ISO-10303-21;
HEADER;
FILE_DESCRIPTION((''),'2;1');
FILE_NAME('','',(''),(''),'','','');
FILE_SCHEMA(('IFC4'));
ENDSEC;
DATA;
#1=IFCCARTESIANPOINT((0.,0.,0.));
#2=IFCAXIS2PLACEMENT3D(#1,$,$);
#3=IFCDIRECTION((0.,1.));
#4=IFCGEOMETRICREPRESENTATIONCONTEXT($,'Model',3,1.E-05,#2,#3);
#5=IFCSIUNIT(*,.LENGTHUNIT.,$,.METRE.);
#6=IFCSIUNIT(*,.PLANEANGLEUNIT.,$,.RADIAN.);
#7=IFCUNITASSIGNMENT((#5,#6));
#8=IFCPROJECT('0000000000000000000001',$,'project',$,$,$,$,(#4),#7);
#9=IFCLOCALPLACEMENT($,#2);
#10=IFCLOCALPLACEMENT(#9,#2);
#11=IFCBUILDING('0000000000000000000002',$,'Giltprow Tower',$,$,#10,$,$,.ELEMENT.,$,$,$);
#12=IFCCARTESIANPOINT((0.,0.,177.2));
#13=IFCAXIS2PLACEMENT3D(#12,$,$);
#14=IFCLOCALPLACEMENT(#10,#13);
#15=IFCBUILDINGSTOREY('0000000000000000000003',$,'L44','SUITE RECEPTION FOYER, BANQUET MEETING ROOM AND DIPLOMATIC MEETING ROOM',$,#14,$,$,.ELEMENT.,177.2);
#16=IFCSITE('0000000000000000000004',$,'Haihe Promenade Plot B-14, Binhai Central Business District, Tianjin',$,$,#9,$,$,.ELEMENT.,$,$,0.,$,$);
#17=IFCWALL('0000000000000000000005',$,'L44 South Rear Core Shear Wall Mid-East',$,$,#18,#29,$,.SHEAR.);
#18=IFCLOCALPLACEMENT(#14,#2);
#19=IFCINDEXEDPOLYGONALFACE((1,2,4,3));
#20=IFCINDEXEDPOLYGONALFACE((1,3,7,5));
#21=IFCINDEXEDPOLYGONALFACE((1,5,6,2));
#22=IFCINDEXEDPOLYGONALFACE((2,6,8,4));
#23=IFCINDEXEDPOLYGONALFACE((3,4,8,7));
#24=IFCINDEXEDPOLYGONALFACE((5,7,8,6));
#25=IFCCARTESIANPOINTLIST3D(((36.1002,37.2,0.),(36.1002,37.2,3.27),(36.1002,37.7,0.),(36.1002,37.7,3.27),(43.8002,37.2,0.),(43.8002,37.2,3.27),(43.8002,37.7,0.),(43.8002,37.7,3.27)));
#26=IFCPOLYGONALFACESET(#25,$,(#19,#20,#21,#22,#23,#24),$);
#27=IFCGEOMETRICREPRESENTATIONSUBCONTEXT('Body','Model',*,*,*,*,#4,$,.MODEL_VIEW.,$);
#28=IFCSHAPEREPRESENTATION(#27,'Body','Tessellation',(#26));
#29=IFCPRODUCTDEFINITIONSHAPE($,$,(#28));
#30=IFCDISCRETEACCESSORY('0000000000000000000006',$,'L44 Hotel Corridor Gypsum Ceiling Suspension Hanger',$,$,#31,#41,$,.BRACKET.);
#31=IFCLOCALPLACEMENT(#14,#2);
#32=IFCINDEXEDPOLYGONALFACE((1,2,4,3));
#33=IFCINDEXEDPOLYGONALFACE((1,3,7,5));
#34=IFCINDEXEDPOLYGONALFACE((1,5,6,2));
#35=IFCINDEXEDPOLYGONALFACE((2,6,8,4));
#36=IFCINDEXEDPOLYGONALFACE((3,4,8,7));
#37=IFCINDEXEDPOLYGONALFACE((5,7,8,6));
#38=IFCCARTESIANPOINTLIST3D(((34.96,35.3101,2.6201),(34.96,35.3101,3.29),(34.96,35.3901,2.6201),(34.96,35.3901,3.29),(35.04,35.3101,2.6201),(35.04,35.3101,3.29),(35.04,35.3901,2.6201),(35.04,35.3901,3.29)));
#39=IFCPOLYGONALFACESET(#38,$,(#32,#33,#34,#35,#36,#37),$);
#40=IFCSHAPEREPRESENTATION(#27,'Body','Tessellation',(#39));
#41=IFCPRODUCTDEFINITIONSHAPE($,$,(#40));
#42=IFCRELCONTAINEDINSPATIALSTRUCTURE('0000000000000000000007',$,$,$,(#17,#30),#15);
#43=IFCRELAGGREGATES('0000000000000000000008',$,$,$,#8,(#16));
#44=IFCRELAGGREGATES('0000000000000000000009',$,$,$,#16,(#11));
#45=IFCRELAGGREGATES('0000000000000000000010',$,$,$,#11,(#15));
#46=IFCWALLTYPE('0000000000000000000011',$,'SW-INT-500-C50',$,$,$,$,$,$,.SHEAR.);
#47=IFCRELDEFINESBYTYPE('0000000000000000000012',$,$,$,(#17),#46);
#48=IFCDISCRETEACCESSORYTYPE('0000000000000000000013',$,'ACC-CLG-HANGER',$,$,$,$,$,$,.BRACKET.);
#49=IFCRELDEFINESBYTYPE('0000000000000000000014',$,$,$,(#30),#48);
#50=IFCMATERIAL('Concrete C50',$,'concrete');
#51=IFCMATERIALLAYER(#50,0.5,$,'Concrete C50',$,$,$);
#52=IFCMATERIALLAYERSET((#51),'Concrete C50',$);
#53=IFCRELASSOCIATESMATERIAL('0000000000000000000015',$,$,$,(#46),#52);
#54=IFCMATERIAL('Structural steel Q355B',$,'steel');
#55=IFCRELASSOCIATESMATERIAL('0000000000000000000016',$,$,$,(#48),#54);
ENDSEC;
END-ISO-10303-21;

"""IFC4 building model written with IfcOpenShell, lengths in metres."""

from ifc_helpers import new_model, si_unit, direction, frame, frame_2d, origin, origin_2d, place, context, subcontext, project, spatial, rectangle, extrude, source, transform, mapped, material, layer, layer_set, type_object, element, save


model = new_model("IFC4")

# Units and contexts
model_context = context("Model", 3, precision=1e-05, world=origin(), true_north=direction((0.0, 1.0)))
body_context = subcontext(model_context, "Body", "Model", "MODEL_VIEW")
ifc_project = project(units=[si_unit("LENGTHUNIT", "METRE"), si_unit("PLANEANGLEUNIT", "RADIAN")], contexts=[model_context])

# Site, building, storey
site_placement = place(None, origin())
site = spatial("IfcSite", under=ifc_project, at=site_placement, Name="Haihe Promenade Plot B-14, Binhai Central Business District, Tianjin", CompositionType="ELEMENT", RefElevation=0.0)
building_placement = place(site_placement, origin())
building = spatial("IfcBuilding", under=site, at=building_placement, Name="Giltprow Tower", CompositionType="ELEMENT")
storey_placement = place(building_placement, frame((0.0, 0.0, 177.2)))
storey = spatial("IfcBuildingStorey", under=building, at=storey_placement, Name="L44", Description="SUITE RECEPTION FOYER, BANQUET MEETING ROOM AND DIPLOMATIC MEETING ROOM", CompositionType="ELEMENT", Elevation=177.2)

# Shared definitions
ifc_material_1 = material(Name="Concrete C50", Category="concrete")

# Shared definitions
ifc_material_2 = material(Name="Structural steel Q355B", Category="steel")

# Wall
ifc_layer_1 = layer(ifc_material_1, 0.5, Name="Concrete C50")
ifc_layer_set_1 = layer_set([ifc_layer_1], Name="Concrete C50")
wall_type_1 = type_object("IfcWallType", Name="SW-INT-500-C50", PredefinedType="SHEAR", material=ifc_layer_set_1)
wall_1_placement = place(storey_placement, frame((36.1001, 37.45, 0.0), z_axis=(0.0, 0.0, 1.0), x_axis=(1.0, 0.0, 0.0)))
element("IfcWall", 1, at=wall_1_placement, inside=storey, type_object=wall_type_1, Name="L44 South Rear Core Shear Wall Mid-East", PredefinedType="SHEAR", context=body_context, shape_type="SweptSolid", body=[
    extrude(rectangle(XDim=7.7, YDim=0.5, at=frame_2d((3.8501, 0.0))), origin(), (0.0, 0.0, 1.0), 3.27),
])

# Discrete accessory
discrete_accessory_type = type_object("IfcDiscreteAccessoryType", Name="ACC-CLG-HANGER", PredefinedType="BRACKET", material=ifc_material_2)
shared_shape_1 = source(origin(), body_context, "Body", "SweptSolid", [
    extrude(rectangle(XDim=0.0801, YDim=0.0801, at=origin_2d()), origin(), (0.0, 0.0, 1.0), 0.6699),
])
discrete_accessory_placement = place(storey_placement, frame((35.0, 35.3501, 2.6201), z_axis=(0.0, 0.0, 1.0), x_axis=(1.0, 0.0, 0.0)))
element("IfcDiscreteAccessory", 2, at=discrete_accessory_placement, inside=storey, type_object=discrete_accessory_type, Name="L44 Hotel Corridor Gypsum Ceiling Suspension Hanger", PredefinedType="BRACKET", context=body_context, shape_type="MappedRepresentation", body=[
    mapped(shared_shape_1, transform((0.0, 0.0, 0.0), x_axis=(1.0, 0.0, 0.0), y_axis=(0.0, 1.0, 0.0), z_axis=(0.0, 0.0, 1.0), scale=1.0)),
])

save(model, "model.ifc")
